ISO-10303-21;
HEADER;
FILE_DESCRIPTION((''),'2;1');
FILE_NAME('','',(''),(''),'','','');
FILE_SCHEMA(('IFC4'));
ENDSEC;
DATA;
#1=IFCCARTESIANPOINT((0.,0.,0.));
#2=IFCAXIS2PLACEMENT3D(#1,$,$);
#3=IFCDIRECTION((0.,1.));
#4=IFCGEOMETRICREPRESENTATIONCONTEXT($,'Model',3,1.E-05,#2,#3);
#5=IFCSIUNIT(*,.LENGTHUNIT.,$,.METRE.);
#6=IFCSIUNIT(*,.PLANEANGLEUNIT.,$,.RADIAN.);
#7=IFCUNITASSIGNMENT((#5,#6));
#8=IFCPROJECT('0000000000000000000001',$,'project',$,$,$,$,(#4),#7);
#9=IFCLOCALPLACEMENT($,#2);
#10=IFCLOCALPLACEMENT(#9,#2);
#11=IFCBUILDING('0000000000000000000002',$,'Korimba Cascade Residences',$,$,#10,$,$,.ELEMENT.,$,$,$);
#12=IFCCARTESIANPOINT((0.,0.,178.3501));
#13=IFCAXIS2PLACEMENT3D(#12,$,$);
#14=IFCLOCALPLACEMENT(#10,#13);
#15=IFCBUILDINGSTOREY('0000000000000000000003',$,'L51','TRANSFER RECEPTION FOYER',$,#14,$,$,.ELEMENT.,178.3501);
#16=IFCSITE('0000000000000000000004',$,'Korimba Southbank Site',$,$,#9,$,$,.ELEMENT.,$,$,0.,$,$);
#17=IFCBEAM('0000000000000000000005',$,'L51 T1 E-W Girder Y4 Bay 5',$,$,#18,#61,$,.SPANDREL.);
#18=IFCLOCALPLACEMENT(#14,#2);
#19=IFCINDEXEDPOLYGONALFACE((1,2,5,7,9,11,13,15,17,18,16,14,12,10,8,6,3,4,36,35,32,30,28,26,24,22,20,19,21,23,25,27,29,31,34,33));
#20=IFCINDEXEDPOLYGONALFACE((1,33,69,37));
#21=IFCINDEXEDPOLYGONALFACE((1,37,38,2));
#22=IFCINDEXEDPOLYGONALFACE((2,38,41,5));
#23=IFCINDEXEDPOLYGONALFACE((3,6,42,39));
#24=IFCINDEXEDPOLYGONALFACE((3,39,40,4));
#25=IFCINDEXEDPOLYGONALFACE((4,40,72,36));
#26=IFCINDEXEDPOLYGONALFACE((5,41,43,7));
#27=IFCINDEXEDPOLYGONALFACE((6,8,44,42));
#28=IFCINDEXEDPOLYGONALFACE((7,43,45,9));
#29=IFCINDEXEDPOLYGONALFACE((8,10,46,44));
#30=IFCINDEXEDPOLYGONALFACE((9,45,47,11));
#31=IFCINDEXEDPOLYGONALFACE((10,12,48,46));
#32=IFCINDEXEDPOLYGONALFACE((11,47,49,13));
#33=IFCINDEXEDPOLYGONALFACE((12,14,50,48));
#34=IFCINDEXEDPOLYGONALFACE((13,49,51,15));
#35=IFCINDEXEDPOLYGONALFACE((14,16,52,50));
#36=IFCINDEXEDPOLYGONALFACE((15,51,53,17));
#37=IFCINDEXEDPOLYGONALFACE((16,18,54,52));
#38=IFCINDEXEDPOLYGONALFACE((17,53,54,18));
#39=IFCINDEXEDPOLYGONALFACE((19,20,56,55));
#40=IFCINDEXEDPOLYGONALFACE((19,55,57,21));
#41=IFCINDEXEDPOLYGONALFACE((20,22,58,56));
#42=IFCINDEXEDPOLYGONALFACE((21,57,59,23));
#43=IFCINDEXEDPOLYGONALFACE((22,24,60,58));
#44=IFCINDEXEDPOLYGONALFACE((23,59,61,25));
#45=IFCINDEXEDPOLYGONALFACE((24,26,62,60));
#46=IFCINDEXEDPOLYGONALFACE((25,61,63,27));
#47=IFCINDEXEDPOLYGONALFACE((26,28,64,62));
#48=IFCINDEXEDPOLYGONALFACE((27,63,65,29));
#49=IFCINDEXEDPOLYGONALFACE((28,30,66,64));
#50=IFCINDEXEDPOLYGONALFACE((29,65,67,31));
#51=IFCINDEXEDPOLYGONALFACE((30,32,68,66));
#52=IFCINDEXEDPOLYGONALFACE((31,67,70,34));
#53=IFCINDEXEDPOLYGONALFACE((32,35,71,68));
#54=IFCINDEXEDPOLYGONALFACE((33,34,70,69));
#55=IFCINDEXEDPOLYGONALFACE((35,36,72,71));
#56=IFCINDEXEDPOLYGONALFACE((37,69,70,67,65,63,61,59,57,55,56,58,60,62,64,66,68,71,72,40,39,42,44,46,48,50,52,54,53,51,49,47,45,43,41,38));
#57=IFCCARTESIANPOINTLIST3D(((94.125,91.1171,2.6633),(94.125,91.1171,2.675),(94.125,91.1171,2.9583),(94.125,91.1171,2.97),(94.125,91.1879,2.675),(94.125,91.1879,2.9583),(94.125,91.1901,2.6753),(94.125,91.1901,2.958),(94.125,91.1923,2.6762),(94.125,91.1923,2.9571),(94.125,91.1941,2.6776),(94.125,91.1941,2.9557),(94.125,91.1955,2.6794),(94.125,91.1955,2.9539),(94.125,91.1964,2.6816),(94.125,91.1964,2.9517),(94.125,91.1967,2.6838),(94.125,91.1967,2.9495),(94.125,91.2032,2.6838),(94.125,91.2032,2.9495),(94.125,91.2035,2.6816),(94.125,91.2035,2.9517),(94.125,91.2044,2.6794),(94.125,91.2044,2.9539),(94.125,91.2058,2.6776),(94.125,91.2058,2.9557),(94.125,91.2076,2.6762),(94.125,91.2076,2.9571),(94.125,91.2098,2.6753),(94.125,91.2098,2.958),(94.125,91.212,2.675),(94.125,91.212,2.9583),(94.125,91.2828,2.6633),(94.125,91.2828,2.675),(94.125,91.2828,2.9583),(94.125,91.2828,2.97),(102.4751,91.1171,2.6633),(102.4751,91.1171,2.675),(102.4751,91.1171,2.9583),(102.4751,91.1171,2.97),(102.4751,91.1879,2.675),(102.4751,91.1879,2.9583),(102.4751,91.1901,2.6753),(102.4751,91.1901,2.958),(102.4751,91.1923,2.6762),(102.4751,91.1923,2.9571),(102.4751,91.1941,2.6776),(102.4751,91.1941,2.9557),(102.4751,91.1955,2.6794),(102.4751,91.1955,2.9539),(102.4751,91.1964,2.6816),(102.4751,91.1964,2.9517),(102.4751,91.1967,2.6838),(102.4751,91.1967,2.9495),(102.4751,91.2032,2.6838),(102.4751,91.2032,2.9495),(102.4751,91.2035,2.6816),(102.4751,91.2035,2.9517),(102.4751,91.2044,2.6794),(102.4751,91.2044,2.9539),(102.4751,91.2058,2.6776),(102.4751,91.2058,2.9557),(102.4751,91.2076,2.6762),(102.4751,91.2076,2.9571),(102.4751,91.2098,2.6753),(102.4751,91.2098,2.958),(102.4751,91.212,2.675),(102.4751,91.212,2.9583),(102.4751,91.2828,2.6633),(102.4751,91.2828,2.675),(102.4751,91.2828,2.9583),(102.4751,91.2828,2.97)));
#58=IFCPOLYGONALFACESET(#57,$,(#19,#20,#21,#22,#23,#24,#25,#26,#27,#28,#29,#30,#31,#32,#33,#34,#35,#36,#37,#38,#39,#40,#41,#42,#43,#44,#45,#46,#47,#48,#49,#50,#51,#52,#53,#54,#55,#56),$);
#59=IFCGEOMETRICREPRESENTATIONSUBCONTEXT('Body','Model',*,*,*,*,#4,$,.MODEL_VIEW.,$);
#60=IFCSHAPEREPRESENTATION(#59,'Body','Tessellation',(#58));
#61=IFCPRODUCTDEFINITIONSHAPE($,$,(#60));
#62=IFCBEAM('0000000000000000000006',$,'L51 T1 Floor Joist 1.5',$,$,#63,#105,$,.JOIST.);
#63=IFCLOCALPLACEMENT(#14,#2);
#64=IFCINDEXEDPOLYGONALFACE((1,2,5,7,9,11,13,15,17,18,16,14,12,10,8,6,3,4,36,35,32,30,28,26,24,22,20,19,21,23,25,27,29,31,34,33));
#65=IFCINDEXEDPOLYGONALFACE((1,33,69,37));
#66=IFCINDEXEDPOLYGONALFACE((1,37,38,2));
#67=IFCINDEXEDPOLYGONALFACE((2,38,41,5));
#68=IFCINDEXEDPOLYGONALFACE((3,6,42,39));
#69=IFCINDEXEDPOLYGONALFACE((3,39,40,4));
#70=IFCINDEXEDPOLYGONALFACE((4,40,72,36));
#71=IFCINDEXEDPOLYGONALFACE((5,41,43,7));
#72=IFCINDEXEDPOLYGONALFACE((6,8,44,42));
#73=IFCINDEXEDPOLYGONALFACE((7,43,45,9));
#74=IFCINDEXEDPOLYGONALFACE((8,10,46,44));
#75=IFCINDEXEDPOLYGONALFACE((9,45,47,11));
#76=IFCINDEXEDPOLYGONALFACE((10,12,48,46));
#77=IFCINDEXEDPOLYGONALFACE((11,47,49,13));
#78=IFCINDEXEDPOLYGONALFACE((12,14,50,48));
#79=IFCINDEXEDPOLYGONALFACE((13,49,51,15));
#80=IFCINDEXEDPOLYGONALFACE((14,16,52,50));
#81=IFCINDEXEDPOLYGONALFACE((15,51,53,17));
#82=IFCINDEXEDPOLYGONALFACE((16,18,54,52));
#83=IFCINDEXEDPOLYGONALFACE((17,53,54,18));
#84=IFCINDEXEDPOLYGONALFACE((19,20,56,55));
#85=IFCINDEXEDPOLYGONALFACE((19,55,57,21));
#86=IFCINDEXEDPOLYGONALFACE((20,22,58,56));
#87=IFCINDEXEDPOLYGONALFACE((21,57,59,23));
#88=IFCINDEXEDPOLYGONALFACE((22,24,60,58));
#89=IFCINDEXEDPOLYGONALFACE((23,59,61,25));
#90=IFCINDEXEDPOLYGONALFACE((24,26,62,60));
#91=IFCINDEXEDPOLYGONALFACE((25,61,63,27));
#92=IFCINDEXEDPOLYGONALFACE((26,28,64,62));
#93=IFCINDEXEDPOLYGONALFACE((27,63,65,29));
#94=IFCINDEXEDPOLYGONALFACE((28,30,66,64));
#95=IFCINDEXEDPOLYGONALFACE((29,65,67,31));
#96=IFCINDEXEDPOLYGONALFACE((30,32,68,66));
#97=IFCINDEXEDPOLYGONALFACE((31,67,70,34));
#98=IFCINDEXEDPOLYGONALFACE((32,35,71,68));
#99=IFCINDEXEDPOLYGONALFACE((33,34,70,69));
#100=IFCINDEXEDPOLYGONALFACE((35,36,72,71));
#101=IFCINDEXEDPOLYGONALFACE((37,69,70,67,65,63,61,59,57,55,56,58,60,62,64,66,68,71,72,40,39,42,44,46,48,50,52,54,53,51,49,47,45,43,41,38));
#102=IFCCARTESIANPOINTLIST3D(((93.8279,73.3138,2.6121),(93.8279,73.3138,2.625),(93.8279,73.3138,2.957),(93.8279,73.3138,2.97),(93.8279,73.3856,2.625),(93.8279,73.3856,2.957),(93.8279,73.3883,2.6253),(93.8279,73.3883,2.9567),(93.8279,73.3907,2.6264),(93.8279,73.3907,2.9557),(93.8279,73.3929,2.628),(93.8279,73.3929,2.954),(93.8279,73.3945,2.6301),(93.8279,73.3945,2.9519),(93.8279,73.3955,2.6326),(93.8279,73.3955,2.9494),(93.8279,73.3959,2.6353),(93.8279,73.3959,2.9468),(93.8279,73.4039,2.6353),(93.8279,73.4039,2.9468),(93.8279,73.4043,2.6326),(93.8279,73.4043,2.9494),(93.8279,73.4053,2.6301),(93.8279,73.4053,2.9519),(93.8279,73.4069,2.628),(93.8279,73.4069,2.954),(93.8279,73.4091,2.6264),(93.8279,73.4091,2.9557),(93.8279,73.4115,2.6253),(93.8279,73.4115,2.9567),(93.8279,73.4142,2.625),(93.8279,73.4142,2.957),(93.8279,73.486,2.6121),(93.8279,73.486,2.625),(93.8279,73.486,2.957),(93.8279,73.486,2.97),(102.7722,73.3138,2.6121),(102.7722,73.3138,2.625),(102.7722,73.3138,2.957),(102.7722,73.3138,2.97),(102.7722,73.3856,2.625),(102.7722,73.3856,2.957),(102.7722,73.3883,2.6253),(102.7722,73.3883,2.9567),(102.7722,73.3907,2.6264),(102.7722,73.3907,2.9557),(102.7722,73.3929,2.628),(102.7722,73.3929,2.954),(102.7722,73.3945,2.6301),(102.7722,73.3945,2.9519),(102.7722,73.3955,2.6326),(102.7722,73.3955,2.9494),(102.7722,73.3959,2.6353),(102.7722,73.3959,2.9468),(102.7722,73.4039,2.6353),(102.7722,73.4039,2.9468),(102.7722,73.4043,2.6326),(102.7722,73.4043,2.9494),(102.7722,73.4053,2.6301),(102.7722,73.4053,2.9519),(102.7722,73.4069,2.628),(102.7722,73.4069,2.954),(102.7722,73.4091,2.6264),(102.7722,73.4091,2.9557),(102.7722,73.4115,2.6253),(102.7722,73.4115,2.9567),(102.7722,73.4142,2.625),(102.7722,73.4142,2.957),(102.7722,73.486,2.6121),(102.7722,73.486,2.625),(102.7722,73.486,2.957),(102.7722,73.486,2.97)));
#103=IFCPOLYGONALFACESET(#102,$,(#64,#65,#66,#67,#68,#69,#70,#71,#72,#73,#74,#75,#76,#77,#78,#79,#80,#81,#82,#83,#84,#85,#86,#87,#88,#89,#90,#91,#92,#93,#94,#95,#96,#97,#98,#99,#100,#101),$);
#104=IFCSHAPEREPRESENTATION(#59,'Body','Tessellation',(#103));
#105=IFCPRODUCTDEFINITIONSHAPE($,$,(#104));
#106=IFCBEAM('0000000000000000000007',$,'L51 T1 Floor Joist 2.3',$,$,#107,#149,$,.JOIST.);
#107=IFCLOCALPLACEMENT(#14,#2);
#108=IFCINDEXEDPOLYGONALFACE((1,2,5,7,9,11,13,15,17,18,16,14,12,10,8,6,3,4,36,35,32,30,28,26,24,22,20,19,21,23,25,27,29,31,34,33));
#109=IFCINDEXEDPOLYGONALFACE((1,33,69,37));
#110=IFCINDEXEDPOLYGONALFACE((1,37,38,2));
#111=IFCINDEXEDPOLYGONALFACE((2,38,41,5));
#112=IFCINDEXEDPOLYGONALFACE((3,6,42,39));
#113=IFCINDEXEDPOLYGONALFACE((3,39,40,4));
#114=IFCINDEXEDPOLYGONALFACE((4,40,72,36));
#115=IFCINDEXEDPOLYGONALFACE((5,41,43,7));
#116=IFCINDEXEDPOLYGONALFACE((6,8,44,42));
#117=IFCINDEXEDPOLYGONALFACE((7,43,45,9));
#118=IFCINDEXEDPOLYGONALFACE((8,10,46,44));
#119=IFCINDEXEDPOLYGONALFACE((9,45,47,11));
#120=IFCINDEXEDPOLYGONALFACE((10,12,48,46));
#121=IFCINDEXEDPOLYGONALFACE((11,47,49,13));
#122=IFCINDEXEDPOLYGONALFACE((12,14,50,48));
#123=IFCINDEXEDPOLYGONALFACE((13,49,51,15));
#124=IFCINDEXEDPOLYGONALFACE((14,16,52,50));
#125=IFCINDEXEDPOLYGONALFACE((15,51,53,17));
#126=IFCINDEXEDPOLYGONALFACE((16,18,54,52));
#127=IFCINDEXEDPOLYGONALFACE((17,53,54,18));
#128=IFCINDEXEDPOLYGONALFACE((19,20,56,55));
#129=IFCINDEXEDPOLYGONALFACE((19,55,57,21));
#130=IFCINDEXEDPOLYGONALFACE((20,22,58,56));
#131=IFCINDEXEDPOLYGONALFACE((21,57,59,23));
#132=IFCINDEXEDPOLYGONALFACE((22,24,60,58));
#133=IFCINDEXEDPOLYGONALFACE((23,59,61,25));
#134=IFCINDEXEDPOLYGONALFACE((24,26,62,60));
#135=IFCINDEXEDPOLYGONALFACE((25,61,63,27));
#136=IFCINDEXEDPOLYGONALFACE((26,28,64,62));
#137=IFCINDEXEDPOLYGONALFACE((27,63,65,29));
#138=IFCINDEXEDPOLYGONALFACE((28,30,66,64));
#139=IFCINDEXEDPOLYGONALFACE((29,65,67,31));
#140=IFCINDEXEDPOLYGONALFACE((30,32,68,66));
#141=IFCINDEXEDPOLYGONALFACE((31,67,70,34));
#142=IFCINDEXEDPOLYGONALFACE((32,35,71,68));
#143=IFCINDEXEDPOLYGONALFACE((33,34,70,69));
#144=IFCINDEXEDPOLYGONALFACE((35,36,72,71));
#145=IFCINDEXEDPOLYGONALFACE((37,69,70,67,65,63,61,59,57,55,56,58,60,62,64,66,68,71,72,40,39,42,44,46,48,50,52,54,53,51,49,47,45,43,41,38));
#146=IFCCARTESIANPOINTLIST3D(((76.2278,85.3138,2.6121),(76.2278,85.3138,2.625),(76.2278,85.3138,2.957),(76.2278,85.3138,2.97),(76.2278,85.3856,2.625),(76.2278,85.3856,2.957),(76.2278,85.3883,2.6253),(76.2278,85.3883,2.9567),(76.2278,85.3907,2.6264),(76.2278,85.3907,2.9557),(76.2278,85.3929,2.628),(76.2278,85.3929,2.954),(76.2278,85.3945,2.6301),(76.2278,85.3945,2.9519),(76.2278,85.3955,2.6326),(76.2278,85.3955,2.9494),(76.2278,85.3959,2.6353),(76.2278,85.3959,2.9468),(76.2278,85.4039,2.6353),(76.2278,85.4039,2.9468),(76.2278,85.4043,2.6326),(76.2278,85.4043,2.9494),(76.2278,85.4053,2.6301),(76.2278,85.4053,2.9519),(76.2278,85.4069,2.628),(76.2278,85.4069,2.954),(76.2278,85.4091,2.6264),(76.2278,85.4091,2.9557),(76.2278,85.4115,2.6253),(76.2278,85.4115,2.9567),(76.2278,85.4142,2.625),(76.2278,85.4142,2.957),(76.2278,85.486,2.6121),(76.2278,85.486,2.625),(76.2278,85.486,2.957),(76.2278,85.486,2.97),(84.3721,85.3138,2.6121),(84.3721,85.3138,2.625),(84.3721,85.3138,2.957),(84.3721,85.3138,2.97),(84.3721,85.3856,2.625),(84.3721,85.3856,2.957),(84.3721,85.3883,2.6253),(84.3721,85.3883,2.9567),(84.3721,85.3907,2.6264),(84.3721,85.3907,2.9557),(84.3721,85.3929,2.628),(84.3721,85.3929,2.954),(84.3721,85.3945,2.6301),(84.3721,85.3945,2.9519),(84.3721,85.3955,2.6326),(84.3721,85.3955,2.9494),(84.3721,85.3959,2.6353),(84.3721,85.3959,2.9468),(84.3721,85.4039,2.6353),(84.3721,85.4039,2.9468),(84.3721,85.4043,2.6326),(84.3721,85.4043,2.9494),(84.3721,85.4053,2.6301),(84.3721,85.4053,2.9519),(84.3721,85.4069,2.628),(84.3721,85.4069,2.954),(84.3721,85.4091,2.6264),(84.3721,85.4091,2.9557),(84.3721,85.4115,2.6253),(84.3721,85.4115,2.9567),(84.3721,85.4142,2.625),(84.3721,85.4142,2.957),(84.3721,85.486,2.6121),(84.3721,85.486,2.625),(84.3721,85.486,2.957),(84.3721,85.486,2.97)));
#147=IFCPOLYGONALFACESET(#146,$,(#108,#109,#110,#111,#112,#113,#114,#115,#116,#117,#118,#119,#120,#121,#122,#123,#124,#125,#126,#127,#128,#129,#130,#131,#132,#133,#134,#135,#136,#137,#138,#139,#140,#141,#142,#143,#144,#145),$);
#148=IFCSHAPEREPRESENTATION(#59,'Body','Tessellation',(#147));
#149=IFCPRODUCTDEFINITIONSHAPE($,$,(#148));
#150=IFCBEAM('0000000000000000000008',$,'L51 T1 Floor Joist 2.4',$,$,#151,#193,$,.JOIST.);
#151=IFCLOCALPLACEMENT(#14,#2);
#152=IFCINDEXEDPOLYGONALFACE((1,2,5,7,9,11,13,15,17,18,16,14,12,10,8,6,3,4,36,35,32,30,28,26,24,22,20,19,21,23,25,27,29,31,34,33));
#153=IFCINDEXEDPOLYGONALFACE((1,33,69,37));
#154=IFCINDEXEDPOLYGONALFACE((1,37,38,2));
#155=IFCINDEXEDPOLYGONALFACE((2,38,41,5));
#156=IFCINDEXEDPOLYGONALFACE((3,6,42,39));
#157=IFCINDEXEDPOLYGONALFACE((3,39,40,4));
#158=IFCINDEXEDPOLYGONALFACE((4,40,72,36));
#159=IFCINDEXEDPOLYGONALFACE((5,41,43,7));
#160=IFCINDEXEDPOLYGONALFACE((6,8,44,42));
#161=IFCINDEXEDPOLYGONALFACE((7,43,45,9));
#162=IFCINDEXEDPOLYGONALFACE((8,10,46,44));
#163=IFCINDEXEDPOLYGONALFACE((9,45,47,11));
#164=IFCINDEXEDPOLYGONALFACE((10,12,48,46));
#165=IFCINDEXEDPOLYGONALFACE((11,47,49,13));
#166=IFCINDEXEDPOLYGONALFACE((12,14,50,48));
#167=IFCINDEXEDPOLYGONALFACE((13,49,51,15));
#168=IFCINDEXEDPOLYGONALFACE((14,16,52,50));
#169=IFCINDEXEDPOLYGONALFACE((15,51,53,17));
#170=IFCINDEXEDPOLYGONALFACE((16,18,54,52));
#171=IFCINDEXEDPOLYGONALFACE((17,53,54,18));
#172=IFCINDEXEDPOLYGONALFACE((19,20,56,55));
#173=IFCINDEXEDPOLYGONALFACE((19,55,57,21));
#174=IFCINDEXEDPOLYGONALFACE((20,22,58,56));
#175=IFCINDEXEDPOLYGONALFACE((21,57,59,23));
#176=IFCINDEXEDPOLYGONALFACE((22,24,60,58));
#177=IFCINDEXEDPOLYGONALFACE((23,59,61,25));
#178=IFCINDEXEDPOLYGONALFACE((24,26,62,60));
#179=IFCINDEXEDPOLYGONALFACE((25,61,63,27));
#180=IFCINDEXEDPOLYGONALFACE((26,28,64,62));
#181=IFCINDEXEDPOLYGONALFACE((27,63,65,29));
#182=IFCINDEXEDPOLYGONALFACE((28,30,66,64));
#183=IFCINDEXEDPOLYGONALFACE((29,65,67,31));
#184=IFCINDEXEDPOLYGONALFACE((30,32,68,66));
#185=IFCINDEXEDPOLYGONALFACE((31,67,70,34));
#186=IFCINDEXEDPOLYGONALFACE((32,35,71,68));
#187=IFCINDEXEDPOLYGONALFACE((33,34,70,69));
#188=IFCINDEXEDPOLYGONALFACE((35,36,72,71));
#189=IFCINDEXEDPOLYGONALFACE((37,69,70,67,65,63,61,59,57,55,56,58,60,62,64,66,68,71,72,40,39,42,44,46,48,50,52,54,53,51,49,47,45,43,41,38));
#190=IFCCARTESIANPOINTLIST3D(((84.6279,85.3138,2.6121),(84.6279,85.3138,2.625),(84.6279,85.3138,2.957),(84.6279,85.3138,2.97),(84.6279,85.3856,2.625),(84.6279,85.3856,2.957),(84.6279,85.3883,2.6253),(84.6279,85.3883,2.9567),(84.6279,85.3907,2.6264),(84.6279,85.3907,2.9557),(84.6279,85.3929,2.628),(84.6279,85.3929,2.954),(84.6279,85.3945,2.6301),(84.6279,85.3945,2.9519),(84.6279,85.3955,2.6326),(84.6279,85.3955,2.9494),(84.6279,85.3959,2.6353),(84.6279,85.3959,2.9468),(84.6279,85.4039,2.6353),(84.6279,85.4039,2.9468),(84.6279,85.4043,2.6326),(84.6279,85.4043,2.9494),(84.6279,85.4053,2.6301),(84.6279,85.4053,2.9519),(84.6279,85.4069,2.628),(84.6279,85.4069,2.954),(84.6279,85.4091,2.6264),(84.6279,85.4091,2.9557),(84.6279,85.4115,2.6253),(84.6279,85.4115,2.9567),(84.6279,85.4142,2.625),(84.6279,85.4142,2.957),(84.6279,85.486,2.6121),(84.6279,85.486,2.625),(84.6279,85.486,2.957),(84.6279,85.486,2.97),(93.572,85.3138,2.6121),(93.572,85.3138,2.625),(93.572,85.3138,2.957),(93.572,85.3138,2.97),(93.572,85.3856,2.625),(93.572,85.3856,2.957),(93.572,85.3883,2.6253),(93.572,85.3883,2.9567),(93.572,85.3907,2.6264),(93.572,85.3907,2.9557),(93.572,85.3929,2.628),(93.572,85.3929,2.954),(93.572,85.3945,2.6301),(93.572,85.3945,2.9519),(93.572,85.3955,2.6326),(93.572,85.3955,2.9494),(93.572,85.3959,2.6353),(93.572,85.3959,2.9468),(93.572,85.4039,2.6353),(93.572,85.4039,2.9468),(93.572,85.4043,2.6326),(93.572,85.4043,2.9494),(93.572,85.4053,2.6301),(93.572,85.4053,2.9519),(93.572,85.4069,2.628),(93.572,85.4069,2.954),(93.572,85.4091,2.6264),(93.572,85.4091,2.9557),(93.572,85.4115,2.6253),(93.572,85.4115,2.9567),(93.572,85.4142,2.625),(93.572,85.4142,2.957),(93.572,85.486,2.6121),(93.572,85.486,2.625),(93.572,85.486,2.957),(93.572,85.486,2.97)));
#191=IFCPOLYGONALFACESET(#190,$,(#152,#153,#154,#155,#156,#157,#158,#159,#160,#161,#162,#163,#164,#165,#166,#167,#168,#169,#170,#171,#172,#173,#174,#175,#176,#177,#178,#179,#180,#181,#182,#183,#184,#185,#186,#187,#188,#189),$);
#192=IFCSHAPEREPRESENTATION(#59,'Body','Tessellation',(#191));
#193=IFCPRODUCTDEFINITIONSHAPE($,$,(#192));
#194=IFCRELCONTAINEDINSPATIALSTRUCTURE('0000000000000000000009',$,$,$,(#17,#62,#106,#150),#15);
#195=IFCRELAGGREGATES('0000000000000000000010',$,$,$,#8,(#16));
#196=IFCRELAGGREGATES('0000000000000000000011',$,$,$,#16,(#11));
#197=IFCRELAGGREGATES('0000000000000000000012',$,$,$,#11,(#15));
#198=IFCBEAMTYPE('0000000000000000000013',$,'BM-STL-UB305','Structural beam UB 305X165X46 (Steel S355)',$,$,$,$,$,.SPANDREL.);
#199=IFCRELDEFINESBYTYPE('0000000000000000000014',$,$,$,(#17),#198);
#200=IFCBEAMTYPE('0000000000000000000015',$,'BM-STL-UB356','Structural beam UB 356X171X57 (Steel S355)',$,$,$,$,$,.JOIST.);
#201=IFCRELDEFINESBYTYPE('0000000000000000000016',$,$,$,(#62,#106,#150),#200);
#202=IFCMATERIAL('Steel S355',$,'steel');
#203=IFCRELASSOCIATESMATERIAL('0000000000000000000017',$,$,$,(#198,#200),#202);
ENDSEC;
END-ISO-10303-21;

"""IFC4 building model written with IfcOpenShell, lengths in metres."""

from ifc_helpers import new_model, si_unit, direction, frame, origin, origin_2d, place, context, subcontext, project, spatial, i_section, extrude, material, material_profile, profile_set, type_object, element, save


model = new_model("IFC4")

# Units and contexts
model_context = context("Model", 3, precision=1e-05, world=origin(), true_north=direction((0.0, 1.0)))
body_context = subcontext(model_context, "Body", "Model", "MODEL_VIEW")
ifc_project = project(units=[si_unit("LENGTHUNIT", "METRE"), si_unit("PLANEANGLEUNIT", "RADIAN")], contexts=[model_context])

# Site, building, storey
site_placement = place(None, origin())
site = spatial("IfcSite", under=ifc_project, at=site_placement, Name="Korimba Southbank Site", CompositionType="ELEMENT", RefElevation=0.0)
building_placement = place(site_placement, origin())
building = spatial("IfcBuilding", under=site, at=building_placement, Name="Korimba Cascade Residences", CompositionType="ELEMENT")
storey_placement = place(building_placement, frame((0.0, 0.0, 178.3501)))
storey = spatial("IfcBuildingStorey", under=building, at=storey_placement, Name="L51", Description="TRANSFER RECEPTION FOYER", CompositionType="ELEMENT", Elevation=178.3501)

# Beams
ifc_material_1 = material(Name="Steel S355", Category="steel")
ifc_material_profile_1 = material_profile(ifc_material_1, i_section(OverallWidth=0.1658, OverallDepth=0.3066, WebThickness=0.0066, FlangeThickness=0.0117, FilletRadius=0.0088, at=origin_2d()), Name="Steel S355")
ifc_profile_set_1 = profile_set([ifc_material_profile_1], Name="Steel S355")
beam_type_1 = type_object("IfcBeamType", Name="BM-STL-UB305", Description="Structural beam UB 305X165X46 (Steel S355)", PredefinedType="SPANDREL", material=ifc_profile_set_1)
beam_1_placement = place(storey_placement, frame((94.125, 91.2, 2.8167), z_axis=(1.0, 0.0, 0.0), x_axis=(0.0, 1.0, 0.0)))
element("IfcBeam", 1, at=beam_1_placement, inside=storey, type_object=beam_type_1, Name="L51 T1 E-W Girder Y4 Bay 5", PredefinedType="SPANDREL", context=body_context, shape_type="SweptSolid", body=[
    extrude(i_section(OverallWidth=0.1658, OverallDepth=0.3066, WebThickness=0.0066, FlangeThickness=0.0117, FilletRadius=0.0088, at=origin_2d()), origin(), (0.0, 0.0, 1.0), 8.3501),
])
ifc_material_profile_2 = material_profile(ifc_material_1, i_section(OverallWidth=0.1721, OverallDepth=0.3579, WebThickness=0.0081, FlangeThickness=0.0129, FilletRadius=0.0103, at=origin_2d()), Name="Steel S355")
ifc_profile_set_2 = profile_set([ifc_material_profile_2], Name="Steel S355")
beam_type_2 = type_object("IfcBeamType", Name="BM-STL-UB356", Description="Structural beam UB 356X171X57 (Steel S355)", PredefinedType="JOIST", material=ifc_profile_set_2)
beam_2_placement = place(storey_placement, frame((93.8279, 73.3999, 2.791), z_axis=(1.0, 0.0, 0.0), x_axis=(0.0, 1.0, 0.0)))
element("IfcBeam", 2, at=beam_2_placement, inside=storey, type_object=beam_type_2, Name="L51 T1 Floor Joist 1.5", PredefinedType="JOIST", context=body_context, shape_type="SweptSolid", body=[
    extrude(i_section(OverallWidth=0.1721, OverallDepth=0.3579, WebThickness=0.0081, FlangeThickness=0.0129, FilletRadius=0.0103, at=origin_2d()), origin(), (0.0, 0.0, 1.0), 8.9443),
])
beam_3_placement = place(storey_placement, frame((76.2278, 85.3999, 2.791), z_axis=(1.0, 0.0, 0.0), x_axis=(0.0, 1.0, 0.0)))
element("IfcBeam", 3, at=beam_3_placement, inside=storey, type_object=beam_type_2, Name="L51 T1 Floor Joist 2.3", PredefinedType="JOIST", context=body_context, shape_type="SweptSolid", body=[
    extrude(i_section(OverallWidth=0.1721, OverallDepth=0.3579, WebThickness=0.0081, FlangeThickness=0.0129, FilletRadius=0.0103, at=origin_2d()), origin(), (0.0, 0.0, 1.0), 8.1443),
])
beam_4_placement = place(storey_placement, frame((84.6279, 85.3999, 2.791), z_axis=(1.0, 0.0, 0.0), x_axis=(0.0, 1.0, 0.0)))
element("IfcBeam", 4, at=beam_4_placement, inside=storey, type_object=beam_type_2, Name="L51 T1 Floor Joist 2.4", PredefinedType="JOIST", context=body_context, shape_type="SweptSolid", body=[
    extrude(i_section(OverallWidth=0.1721, OverallDepth=0.3579, WebThickness=0.0081, FlangeThickness=0.0129, FilletRadius=0.0103, at=origin_2d()), origin(), (0.0, 0.0, 1.0), 8.9441),
])

save(model, "model.ifc")
